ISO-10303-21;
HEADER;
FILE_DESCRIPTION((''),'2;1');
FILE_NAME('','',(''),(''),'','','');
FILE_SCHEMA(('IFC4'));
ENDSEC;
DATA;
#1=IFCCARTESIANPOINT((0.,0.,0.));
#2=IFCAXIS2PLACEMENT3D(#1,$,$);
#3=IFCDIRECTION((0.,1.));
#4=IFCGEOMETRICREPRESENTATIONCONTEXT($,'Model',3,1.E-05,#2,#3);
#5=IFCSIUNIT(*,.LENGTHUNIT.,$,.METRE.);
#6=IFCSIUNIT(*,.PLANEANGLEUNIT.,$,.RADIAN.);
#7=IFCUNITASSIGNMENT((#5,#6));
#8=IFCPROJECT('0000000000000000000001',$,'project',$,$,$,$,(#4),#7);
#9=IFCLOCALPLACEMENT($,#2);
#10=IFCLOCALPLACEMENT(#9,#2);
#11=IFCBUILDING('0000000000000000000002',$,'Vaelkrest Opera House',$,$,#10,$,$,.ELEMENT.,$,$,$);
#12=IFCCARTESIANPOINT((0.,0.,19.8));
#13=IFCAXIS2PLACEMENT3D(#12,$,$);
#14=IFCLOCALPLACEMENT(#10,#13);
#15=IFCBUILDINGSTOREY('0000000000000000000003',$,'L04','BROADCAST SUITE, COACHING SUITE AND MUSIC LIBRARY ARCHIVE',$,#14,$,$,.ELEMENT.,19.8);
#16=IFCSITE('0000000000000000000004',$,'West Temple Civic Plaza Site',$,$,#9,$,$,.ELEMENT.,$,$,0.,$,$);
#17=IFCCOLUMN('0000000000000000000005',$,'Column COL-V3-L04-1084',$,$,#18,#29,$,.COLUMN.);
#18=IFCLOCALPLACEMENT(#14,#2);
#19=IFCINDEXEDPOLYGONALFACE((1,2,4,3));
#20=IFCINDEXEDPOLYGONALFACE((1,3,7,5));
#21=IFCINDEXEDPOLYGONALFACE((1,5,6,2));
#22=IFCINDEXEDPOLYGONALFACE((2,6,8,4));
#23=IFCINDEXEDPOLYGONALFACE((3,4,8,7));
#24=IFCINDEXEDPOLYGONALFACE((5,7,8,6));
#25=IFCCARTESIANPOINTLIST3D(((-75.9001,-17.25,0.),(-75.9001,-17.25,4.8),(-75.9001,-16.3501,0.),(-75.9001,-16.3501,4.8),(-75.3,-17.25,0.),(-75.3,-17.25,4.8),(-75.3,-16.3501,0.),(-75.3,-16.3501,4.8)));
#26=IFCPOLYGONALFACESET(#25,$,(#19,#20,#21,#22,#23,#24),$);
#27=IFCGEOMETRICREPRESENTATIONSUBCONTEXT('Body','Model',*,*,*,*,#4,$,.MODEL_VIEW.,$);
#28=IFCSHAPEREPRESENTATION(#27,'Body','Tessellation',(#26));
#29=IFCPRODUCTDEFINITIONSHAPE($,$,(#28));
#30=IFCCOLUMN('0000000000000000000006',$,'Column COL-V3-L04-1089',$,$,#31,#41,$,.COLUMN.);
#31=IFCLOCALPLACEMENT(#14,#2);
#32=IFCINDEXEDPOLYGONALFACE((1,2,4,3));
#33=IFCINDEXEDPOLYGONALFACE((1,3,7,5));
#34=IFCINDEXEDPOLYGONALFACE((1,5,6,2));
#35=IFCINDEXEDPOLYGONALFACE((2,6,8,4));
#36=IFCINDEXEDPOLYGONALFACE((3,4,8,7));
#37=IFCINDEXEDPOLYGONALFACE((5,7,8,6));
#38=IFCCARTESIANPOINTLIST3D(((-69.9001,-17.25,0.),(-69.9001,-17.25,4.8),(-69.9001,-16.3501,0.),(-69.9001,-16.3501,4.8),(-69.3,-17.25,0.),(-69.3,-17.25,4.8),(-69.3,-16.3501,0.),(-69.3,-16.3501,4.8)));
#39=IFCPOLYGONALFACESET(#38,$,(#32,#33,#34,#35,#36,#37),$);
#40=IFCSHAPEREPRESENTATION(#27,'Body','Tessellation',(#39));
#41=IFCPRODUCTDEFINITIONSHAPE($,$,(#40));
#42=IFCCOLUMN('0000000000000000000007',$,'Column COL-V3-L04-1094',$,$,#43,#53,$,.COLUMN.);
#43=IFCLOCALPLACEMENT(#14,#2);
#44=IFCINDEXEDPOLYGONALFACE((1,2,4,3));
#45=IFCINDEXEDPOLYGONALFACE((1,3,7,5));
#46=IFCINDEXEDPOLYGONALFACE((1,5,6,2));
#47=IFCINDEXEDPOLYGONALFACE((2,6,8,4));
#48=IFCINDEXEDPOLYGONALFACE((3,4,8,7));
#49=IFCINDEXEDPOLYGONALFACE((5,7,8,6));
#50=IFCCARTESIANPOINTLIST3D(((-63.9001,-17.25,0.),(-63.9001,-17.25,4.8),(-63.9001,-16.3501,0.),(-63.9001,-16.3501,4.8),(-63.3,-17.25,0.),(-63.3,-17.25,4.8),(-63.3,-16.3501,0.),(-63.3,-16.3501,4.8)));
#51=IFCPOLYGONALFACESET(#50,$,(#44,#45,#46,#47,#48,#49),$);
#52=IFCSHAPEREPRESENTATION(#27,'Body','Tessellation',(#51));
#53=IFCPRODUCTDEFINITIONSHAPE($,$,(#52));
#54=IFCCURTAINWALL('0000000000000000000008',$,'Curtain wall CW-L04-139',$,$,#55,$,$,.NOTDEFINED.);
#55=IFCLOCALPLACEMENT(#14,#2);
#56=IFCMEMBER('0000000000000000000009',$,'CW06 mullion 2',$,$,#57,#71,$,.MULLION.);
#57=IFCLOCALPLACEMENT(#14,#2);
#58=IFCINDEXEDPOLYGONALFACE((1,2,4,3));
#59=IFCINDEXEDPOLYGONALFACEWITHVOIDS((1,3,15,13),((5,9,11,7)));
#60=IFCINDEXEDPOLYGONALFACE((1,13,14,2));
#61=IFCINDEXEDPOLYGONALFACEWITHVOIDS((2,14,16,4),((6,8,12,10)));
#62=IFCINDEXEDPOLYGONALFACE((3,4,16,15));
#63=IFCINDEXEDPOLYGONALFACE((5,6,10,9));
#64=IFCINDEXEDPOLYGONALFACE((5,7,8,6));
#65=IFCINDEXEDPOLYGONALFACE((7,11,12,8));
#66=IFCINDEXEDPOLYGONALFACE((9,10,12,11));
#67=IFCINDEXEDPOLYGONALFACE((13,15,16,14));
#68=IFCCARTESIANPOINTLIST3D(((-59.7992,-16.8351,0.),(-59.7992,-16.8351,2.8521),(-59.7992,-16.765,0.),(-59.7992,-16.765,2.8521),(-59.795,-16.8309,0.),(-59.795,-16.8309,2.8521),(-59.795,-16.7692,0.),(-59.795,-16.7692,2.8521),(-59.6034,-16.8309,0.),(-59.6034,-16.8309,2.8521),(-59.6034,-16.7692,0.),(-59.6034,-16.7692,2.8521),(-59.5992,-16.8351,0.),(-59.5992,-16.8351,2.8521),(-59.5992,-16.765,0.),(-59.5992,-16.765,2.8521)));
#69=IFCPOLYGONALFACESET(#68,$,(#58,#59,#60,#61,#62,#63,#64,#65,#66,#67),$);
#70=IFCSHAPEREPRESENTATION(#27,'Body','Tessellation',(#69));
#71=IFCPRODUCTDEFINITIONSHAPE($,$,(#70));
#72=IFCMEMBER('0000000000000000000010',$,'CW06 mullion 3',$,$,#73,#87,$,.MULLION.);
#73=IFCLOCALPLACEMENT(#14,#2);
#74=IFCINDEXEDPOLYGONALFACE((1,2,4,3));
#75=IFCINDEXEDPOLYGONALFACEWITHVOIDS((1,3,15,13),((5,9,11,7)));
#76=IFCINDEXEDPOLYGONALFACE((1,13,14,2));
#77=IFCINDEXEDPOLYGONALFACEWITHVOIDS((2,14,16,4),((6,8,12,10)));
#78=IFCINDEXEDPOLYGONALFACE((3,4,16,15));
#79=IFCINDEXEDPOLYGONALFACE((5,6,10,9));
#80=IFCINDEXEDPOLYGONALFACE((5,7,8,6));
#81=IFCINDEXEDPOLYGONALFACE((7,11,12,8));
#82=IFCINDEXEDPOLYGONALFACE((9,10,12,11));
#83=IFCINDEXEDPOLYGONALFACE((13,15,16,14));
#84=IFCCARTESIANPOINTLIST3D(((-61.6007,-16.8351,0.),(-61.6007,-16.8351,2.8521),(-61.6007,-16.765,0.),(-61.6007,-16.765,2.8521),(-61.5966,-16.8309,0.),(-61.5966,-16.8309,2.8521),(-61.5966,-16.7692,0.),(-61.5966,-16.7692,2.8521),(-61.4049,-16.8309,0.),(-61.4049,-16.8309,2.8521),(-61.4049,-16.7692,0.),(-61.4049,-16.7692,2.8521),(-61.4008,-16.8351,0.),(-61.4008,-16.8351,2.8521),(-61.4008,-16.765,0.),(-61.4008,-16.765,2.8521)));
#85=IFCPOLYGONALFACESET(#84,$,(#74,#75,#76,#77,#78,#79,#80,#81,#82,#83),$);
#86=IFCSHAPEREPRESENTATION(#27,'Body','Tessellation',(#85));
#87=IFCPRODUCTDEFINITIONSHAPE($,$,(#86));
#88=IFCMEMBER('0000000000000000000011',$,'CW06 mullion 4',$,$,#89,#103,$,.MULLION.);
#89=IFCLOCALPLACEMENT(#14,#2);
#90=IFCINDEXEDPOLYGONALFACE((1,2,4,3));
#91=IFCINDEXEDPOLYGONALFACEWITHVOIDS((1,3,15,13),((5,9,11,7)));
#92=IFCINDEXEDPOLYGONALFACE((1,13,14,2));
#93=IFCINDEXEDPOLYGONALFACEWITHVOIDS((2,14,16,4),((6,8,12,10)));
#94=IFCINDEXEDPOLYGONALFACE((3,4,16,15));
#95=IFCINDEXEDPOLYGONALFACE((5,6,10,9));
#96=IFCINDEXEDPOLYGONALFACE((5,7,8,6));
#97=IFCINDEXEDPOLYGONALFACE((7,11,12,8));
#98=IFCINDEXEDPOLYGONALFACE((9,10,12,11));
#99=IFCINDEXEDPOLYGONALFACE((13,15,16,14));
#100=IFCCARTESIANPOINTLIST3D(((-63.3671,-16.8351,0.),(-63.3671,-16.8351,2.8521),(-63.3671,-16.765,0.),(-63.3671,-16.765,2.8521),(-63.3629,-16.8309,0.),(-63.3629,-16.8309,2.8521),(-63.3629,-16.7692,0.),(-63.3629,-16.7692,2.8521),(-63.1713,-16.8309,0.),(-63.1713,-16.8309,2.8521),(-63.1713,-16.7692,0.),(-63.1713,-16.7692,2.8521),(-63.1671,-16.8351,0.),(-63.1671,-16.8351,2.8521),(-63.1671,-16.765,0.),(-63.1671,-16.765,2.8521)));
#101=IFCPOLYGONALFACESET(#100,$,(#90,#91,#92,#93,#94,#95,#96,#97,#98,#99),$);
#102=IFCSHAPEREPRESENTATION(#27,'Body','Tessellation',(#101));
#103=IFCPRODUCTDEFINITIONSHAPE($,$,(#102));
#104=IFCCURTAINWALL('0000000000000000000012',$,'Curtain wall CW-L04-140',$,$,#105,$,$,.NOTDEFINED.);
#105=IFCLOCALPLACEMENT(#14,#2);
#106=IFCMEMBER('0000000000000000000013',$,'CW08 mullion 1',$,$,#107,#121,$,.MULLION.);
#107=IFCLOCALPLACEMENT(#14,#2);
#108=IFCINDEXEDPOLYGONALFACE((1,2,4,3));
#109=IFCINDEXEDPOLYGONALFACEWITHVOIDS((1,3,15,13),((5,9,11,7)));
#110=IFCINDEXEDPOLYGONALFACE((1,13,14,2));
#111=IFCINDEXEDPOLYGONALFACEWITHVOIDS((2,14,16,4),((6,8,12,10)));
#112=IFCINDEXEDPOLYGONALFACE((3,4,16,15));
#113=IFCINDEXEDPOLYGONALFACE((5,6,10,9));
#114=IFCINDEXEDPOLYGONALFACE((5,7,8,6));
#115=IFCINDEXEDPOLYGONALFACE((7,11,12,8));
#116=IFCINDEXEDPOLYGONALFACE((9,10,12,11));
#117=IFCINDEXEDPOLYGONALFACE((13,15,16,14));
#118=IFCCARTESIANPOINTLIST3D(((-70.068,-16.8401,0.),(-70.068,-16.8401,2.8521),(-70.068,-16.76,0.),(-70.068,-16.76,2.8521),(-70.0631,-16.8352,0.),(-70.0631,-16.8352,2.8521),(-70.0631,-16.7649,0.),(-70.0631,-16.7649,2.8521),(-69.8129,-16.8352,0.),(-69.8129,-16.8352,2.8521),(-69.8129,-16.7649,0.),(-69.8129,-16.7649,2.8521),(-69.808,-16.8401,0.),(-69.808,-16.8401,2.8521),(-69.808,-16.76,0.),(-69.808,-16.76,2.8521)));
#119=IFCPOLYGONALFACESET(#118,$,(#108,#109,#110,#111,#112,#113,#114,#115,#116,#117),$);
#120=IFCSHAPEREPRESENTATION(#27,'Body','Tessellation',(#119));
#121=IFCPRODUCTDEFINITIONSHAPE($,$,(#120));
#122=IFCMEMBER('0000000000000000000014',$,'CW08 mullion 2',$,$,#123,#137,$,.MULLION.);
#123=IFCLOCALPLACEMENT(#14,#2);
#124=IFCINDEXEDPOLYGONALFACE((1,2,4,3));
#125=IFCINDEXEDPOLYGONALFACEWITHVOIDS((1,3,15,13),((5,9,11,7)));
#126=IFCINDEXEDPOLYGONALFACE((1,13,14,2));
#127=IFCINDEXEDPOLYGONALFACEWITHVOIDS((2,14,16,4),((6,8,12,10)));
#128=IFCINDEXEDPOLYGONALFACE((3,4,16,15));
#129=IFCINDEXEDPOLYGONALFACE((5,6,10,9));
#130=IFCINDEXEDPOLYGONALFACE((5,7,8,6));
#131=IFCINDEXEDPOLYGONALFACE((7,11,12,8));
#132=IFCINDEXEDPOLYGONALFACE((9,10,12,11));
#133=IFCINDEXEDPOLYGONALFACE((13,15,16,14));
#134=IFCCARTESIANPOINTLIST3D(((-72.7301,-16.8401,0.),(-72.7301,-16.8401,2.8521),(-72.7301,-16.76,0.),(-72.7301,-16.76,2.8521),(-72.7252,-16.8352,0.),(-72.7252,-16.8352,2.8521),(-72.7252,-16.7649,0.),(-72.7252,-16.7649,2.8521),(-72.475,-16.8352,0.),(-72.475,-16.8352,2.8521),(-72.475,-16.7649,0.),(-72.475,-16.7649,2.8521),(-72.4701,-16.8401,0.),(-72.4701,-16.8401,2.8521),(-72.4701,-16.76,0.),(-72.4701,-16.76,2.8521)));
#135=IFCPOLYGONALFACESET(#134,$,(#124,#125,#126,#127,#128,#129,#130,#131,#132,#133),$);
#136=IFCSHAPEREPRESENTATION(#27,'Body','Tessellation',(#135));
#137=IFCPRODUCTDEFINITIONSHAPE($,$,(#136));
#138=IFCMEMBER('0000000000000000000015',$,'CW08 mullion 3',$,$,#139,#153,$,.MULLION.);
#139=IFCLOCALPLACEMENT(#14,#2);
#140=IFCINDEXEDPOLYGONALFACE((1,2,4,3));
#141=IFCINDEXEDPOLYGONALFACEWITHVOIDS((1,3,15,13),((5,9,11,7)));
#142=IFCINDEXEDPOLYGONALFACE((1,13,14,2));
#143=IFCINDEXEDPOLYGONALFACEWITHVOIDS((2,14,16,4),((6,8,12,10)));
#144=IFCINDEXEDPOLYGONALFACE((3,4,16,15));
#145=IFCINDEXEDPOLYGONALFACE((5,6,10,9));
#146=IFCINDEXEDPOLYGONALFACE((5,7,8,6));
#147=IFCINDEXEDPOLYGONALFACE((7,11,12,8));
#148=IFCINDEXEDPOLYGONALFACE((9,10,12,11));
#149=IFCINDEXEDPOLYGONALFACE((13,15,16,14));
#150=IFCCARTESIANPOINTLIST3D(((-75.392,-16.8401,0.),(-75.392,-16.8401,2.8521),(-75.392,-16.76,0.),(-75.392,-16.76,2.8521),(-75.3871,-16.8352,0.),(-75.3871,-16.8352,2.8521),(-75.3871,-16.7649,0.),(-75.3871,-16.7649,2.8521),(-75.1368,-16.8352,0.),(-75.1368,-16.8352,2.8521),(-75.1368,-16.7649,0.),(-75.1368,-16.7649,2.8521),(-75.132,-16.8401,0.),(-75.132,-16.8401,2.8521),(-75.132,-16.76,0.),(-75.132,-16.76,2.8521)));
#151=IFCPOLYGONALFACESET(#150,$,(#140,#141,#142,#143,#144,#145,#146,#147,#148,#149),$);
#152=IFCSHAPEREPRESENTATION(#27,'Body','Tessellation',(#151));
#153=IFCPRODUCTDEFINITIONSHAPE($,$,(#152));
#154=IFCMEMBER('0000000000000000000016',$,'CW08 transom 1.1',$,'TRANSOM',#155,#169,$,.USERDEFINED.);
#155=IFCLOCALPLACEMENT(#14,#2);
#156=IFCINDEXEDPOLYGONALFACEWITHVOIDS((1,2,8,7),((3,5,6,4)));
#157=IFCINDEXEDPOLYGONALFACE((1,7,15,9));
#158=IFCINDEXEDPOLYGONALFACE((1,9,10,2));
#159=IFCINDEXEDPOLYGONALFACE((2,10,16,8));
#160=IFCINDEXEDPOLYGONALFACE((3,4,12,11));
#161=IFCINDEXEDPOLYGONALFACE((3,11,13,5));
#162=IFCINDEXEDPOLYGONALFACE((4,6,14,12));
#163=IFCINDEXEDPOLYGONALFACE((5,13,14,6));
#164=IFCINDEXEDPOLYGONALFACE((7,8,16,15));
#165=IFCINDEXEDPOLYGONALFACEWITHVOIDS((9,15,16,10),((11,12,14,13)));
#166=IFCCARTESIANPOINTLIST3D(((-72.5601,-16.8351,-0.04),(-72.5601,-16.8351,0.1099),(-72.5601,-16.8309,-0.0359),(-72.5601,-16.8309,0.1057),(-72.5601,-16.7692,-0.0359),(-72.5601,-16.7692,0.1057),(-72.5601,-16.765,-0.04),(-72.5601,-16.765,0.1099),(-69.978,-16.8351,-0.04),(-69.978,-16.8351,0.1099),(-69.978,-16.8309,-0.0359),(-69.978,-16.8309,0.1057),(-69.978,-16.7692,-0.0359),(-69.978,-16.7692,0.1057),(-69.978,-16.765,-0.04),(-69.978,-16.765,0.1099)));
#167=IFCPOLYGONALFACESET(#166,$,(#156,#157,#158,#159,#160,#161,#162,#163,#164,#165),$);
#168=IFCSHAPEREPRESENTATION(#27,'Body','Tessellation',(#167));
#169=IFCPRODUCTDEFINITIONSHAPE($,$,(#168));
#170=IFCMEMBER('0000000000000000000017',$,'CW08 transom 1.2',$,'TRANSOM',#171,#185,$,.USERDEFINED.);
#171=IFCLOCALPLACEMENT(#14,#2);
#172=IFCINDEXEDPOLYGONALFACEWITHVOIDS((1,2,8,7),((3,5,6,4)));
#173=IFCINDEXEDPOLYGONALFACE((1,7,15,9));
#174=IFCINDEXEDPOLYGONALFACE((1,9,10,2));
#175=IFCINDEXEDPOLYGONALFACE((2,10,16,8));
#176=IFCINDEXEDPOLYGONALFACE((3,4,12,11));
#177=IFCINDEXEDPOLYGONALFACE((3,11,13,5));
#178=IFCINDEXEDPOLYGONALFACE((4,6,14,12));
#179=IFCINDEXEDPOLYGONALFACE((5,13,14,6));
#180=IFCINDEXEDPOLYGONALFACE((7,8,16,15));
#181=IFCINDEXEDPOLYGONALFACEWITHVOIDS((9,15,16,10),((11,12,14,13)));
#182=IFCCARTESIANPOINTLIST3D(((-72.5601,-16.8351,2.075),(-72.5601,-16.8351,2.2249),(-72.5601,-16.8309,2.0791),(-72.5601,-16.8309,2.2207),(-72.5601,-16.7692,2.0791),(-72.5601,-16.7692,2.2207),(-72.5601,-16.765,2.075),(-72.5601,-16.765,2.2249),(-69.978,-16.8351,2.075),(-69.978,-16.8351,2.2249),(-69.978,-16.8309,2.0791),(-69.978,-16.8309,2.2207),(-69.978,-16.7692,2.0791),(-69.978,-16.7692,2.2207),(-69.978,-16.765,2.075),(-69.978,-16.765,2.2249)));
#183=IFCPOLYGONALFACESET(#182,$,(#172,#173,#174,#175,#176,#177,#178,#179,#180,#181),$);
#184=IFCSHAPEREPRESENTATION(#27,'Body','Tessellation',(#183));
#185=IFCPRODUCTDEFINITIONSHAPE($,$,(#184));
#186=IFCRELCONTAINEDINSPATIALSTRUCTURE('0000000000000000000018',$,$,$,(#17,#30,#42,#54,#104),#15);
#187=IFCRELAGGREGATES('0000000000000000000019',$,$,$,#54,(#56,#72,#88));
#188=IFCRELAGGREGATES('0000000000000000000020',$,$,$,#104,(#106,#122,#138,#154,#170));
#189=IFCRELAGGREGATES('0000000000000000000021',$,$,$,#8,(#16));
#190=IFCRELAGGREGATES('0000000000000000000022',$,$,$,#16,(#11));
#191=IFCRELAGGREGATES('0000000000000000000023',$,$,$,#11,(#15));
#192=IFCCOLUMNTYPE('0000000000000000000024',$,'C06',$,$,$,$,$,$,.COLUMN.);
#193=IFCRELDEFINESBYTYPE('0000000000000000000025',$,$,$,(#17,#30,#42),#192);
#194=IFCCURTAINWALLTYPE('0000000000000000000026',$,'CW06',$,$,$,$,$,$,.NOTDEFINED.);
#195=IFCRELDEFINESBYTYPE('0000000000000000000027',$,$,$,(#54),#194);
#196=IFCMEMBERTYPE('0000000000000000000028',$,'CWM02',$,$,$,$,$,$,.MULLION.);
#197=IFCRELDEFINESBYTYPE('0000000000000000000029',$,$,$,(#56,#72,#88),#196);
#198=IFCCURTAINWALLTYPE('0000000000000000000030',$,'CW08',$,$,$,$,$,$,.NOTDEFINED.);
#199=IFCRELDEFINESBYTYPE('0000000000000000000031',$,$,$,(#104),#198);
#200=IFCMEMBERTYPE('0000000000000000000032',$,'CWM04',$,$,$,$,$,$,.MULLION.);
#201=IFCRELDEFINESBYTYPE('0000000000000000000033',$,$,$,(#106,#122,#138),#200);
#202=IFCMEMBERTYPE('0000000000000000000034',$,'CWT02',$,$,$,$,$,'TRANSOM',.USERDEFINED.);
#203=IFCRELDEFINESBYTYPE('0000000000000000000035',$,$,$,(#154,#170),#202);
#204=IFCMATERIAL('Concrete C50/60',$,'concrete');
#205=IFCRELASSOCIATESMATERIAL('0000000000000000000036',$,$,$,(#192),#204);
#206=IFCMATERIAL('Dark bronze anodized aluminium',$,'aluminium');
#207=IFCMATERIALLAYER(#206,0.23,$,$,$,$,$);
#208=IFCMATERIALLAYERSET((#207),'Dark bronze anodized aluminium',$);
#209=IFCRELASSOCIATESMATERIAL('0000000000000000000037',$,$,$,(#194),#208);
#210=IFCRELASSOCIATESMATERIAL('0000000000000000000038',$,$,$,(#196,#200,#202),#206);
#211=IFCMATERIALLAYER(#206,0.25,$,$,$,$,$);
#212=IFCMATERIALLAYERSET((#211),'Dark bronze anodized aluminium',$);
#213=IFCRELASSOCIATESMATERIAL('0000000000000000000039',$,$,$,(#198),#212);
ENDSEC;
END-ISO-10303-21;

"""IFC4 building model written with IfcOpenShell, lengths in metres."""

from ifc_helpers import new_model, si_unit, direction, frame, origin, origin_2d, place, context, subcontext, project, spatial, rectangle, hollow_rectangle, extrude, material, layer, layer_set, material_profile, profile_set, type_object, element, aggregate, save


model = new_model("IFC4")

# Units and contexts
model_context = context("Model", 3, precision=1e-05, world=origin(), true_north=direction((0.0, 1.0)))
body_context = subcontext(model_context, "Body", "Model", "MODEL_VIEW")
ifc_project = project(units=[si_unit("LENGTHUNIT", "METRE"), si_unit("PLANEANGLEUNIT", "RADIAN")], contexts=[model_context])

# Site, building, storey
site_placement = place(None, origin())
site = spatial("IfcSite", under=ifc_project, at=site_placement, Name="West Temple Civic Plaza Site", CompositionType="ELEMENT", RefElevation=0.0)
building_placement = place(site_placement, origin())
building = spatial("IfcBuilding", under=site, at=building_placement, Name="Vaelkrest Opera House", CompositionType="ELEMENT")
storey_placement = place(building_placement, frame((0.0, 0.0, 19.8)))
storey = spatial("IfcBuildingStorey", under=building, at=storey_placement, Name="L04", Description="BROADCAST SUITE, COACHING SUITE AND MUSIC LIBRARY ARCHIVE", CompositionType="ELEMENT", Elevation=19.8)

# Columns
ifc_material_1 = material(Name="Concrete C50/60", Category="concrete")
ifc_material_profile_1 = material_profile(ifc_material_1, rectangle(XDim=0.6001, YDim=0.8999, at=origin_2d()), Name="RC600X900")
ifc_profile_set_1 = profile_set([ifc_material_profile_1], Name="Concrete C50/60")
column_type = type_object("IfcColumnType", Name="C06", PredefinedType="COLUMN", material=ifc_profile_set_1)
for number, where, z_axis, x_axis, name in (
    (1, (-75.6001, -16.8, 0.0), (0.0, 0.0, 1.0), (1.0, 0.0, 0.0), "Column COL-V3-L04-1084"),
    (2, (-69.6001, -16.8, 0.0), (0.0, 0.0, 1.0), (1.0, 0.0, 0.0), "Column COL-V3-L04-1089"),
    (3, (-63.6001, -16.8, 0.0), (0.0, 0.0, 1.0), (1.0, 0.0, 0.0), "Column COL-V3-L04-1094"),
):
    element("IfcColumn", number, at=place(storey_placement, frame(where, z_axis=z_axis, x_axis=x_axis)), inside=storey, type_object=column_type, Name=name, PredefinedType="COLUMN", context=body_context, shape_type="SweptSolid", body=[
        extrude(rectangle(XDim=0.6001, YDim=0.8999, at=origin_2d()), origin(), (0.0, 0.0, 1.0), 4.8),
    ])

# Curtain walls, members
ifc_material_2 = material(Name="Dark bronze anodized aluminium", Category="aluminium")
ifc_layer_1 = layer(ifc_material_2, 0.23)
ifc_layer_set_1 = layer_set([ifc_layer_1], Name="Dark bronze anodized aluminium")
curtain_wall_type_1 = type_object("IfcCurtainWallType", Name="CW06", PredefinedType="NOTDEFINED", material=ifc_layer_set_1)
curtain_wall_1_placement = place(storey_placement, origin())
curtain_wall_1 = element("IfcCurtainWall", 4, at=curtain_wall_1_placement, inside=storey, type_object=curtain_wall_type_1, Name="Curtain wall CW-L04-139", PredefinedType="NOTDEFINED")
ifc_material_profile_2 = material_profile(ifc_material_2, hollow_rectangle(XDim=0.0701, YDim=0.2, WallThickness=0.0042, at=origin_2d()), Name="CWM70X200")
ifc_profile_set_2 = profile_set([ifc_material_profile_2], Name="Dark bronze anodized aluminium")
member_type_1 = type_object("IfcMemberType", Name="CWM02", PredefinedType="MULLION", material=ifc_profile_set_2)
member_1_placement = place(storey_placement, frame((-59.6992, -16.8, 0.0), z_axis=(0.0, 0.0, 1.0), x_axis=(0.0, -1.0, 0.0)))
member_1 = element("IfcMember", 5, at=member_1_placement, type_object=member_type_1, Name="CW06 mullion 2", PredefinedType="MULLION", context=body_context, shape_type="SweptSolid", body=[
    extrude(hollow_rectangle(XDim=0.0701, YDim=0.2, WallThickness=0.0042, at=origin_2d()), origin(), (0.0, 0.0, 1.0), 2.8521),
])
member_2_placement = place(storey_placement, frame((-61.5007, -16.8, 0.0), z_axis=(0.0, 0.0, 1.0), x_axis=(0.0, -1.0, 0.0)))
member_2 = element("IfcMember", 6, at=member_2_placement, type_object=member_type_1, Name="CW06 mullion 3", PredefinedType="MULLION", context=body_context, shape_type="SweptSolid", body=[
    extrude(hollow_rectangle(XDim=0.0701, YDim=0.2, WallThickness=0.0042, at=origin_2d()), origin(), (0.0, 0.0, 1.0), 2.8521),
])
member_3_placement = place(storey_placement, frame((-63.2671, -16.8, 0.0), z_axis=(0.0, 0.0, 1.0), x_axis=(0.0, -1.0, 0.0)))
member_3 = element("IfcMember", 7, at=member_3_placement, type_object=member_type_1, Name="CW06 mullion 4", PredefinedType="MULLION", context=body_context, shape_type="SweptSolid", body=[
    extrude(hollow_rectangle(XDim=0.0701, YDim=0.2, WallThickness=0.0042, at=origin_2d()), origin(), (0.0, 0.0, 1.0), 2.8521),
])
ifc_layer_2 = layer(ifc_material_2, 0.25)
ifc_layer_set_2 = layer_set([ifc_layer_2], Name="Dark bronze anodized aluminium")
curtain_wall_type_2 = type_object("IfcCurtainWallType", Name="CW08", PredefinedType="NOTDEFINED", material=ifc_layer_set_2)
curtain_wall_2_placement = place(storey_placement, origin())
curtain_wall_2 = element("IfcCurtainWall", 8, at=curtain_wall_2_placement, inside=storey, type_object=curtain_wall_type_2, Name="Curtain wall CW-L04-140", PredefinedType="NOTDEFINED")
ifc_material_profile_3 = material_profile(ifc_material_2, hollow_rectangle(XDim=0.0801, YDim=0.26, WallThickness=0.0049, at=origin_2d()), Name="CWM80X260")
ifc_profile_set_3 = profile_set([ifc_material_profile_3], Name="Dark bronze anodized aluminium")
member_type_2 = type_object("IfcMemberType", Name="CWM04", PredefinedType="MULLION", material=ifc_profile_set_3)
member_4_placement = place(storey_placement, frame((-69.938, -16.8, 0.0), z_axis=(0.0, 0.0, 1.0), x_axis=(0.0, -1.0, 0.0)))
member_4 = element("IfcMember", 9, at=member_4_placement, type_object=member_type_2, Name="CW08 mullion 1", PredefinedType="MULLION", context=body_context, shape_type="SweptSolid", body=[
    extrude(hollow_rectangle(XDim=0.0801, YDim=0.26, WallThickness=0.0049, at=origin_2d()), origin(), (0.0, 0.0, 1.0), 2.8521),
])
member_5_placement = place(storey_placement, frame((-72.6001, -16.8, 0.0), z_axis=(0.0, 0.0, 1.0), x_axis=(0.0, -1.0, 0.0)))
member_5 = element("IfcMember", 10, at=member_5_placement, type_object=member_type_2, Name="CW08 mullion 2", PredefinedType="MULLION", context=body_context, shape_type="SweptSolid", body=[
    extrude(hollow_rectangle(XDim=0.0801, YDim=0.26, WallThickness=0.0049, at=origin_2d()), origin(), (0.0, 0.0, 1.0), 2.8521),
])
member_6_placement = place(storey_placement, frame((-75.262, -16.8, 0.0), z_axis=(0.0, 0.0, 1.0), x_axis=(0.0, -1.0, 0.0)))
member_6 = element("IfcMember", 11, at=member_6_placement, type_object=member_type_2, Name="CW08 mullion 3", PredefinedType="MULLION", context=body_context, shape_type="SweptSolid", body=[
    extrude(hollow_rectangle(XDim=0.0801, YDim=0.26, WallThickness=0.0049, at=origin_2d()), origin(), (0.0, 0.0, 1.0), 2.8521),
])
ifc_material_profile_4 = material_profile(ifc_material_2, hollow_rectangle(XDim=0.0701, YDim=0.1499, WallThickness=0.0042, at=origin_2d()), Name="CWT70X150")
ifc_profile_set_4 = profile_set([ifc_material_profile_4], Name="Dark bronze anodized aluminium")
member_type_3 = type_object("IfcMemberType", Name="CWT02", ElementType="TRANSOM", PredefinedType="USERDEFINED", material=ifc_profile_set_4)
member_7_placement = place(storey_placement, frame((-69.978, -16.8, 0.0349), z_axis=(-1.0, 0.0, 0.0), x_axis=(0.0, -1.0, 0.0)))
member_7 = element("IfcMember", 12, at=member_7_placement, type_object=member_type_3, Name="CW08 transom 1.1", ObjectType="TRANSOM", PredefinedType="USERDEFINED", context=body_context, shape_type="SweptSolid", body=[
    extrude(hollow_rectangle(XDim=0.0701, YDim=0.1499, WallThickness=0.0042, at=origin_2d()), origin(), (0.0, 0.0, 1.0), 2.582),
])
member_8_placement = place(storey_placement, frame((-69.978, -16.8, 2.1499), z_axis=(-1.0, 0.0, 0.0), x_axis=(0.0, -1.0, 0.0)))
member_8 = element("IfcMember", 13, at=member_8_placement, type_object=member_type_3, Name="CW08 transom 1.2", ObjectType="TRANSOM", PredefinedType="USERDEFINED", context=body_context, shape_type="SweptSolid", body=[
    extrude(hollow_rectangle(XDim=0.0701, YDim=0.1499, WallThickness=0.0042, at=origin_2d()), origin(), (0.0, 0.0, 1.0), 2.582),
])

aggregate(curtain_wall_1, [member_1, member_2, member_3])
aggregate(curtain_wall_2, [member_4, member_5, member_6, member_7, member_8])

save(model, "model.ifc")
